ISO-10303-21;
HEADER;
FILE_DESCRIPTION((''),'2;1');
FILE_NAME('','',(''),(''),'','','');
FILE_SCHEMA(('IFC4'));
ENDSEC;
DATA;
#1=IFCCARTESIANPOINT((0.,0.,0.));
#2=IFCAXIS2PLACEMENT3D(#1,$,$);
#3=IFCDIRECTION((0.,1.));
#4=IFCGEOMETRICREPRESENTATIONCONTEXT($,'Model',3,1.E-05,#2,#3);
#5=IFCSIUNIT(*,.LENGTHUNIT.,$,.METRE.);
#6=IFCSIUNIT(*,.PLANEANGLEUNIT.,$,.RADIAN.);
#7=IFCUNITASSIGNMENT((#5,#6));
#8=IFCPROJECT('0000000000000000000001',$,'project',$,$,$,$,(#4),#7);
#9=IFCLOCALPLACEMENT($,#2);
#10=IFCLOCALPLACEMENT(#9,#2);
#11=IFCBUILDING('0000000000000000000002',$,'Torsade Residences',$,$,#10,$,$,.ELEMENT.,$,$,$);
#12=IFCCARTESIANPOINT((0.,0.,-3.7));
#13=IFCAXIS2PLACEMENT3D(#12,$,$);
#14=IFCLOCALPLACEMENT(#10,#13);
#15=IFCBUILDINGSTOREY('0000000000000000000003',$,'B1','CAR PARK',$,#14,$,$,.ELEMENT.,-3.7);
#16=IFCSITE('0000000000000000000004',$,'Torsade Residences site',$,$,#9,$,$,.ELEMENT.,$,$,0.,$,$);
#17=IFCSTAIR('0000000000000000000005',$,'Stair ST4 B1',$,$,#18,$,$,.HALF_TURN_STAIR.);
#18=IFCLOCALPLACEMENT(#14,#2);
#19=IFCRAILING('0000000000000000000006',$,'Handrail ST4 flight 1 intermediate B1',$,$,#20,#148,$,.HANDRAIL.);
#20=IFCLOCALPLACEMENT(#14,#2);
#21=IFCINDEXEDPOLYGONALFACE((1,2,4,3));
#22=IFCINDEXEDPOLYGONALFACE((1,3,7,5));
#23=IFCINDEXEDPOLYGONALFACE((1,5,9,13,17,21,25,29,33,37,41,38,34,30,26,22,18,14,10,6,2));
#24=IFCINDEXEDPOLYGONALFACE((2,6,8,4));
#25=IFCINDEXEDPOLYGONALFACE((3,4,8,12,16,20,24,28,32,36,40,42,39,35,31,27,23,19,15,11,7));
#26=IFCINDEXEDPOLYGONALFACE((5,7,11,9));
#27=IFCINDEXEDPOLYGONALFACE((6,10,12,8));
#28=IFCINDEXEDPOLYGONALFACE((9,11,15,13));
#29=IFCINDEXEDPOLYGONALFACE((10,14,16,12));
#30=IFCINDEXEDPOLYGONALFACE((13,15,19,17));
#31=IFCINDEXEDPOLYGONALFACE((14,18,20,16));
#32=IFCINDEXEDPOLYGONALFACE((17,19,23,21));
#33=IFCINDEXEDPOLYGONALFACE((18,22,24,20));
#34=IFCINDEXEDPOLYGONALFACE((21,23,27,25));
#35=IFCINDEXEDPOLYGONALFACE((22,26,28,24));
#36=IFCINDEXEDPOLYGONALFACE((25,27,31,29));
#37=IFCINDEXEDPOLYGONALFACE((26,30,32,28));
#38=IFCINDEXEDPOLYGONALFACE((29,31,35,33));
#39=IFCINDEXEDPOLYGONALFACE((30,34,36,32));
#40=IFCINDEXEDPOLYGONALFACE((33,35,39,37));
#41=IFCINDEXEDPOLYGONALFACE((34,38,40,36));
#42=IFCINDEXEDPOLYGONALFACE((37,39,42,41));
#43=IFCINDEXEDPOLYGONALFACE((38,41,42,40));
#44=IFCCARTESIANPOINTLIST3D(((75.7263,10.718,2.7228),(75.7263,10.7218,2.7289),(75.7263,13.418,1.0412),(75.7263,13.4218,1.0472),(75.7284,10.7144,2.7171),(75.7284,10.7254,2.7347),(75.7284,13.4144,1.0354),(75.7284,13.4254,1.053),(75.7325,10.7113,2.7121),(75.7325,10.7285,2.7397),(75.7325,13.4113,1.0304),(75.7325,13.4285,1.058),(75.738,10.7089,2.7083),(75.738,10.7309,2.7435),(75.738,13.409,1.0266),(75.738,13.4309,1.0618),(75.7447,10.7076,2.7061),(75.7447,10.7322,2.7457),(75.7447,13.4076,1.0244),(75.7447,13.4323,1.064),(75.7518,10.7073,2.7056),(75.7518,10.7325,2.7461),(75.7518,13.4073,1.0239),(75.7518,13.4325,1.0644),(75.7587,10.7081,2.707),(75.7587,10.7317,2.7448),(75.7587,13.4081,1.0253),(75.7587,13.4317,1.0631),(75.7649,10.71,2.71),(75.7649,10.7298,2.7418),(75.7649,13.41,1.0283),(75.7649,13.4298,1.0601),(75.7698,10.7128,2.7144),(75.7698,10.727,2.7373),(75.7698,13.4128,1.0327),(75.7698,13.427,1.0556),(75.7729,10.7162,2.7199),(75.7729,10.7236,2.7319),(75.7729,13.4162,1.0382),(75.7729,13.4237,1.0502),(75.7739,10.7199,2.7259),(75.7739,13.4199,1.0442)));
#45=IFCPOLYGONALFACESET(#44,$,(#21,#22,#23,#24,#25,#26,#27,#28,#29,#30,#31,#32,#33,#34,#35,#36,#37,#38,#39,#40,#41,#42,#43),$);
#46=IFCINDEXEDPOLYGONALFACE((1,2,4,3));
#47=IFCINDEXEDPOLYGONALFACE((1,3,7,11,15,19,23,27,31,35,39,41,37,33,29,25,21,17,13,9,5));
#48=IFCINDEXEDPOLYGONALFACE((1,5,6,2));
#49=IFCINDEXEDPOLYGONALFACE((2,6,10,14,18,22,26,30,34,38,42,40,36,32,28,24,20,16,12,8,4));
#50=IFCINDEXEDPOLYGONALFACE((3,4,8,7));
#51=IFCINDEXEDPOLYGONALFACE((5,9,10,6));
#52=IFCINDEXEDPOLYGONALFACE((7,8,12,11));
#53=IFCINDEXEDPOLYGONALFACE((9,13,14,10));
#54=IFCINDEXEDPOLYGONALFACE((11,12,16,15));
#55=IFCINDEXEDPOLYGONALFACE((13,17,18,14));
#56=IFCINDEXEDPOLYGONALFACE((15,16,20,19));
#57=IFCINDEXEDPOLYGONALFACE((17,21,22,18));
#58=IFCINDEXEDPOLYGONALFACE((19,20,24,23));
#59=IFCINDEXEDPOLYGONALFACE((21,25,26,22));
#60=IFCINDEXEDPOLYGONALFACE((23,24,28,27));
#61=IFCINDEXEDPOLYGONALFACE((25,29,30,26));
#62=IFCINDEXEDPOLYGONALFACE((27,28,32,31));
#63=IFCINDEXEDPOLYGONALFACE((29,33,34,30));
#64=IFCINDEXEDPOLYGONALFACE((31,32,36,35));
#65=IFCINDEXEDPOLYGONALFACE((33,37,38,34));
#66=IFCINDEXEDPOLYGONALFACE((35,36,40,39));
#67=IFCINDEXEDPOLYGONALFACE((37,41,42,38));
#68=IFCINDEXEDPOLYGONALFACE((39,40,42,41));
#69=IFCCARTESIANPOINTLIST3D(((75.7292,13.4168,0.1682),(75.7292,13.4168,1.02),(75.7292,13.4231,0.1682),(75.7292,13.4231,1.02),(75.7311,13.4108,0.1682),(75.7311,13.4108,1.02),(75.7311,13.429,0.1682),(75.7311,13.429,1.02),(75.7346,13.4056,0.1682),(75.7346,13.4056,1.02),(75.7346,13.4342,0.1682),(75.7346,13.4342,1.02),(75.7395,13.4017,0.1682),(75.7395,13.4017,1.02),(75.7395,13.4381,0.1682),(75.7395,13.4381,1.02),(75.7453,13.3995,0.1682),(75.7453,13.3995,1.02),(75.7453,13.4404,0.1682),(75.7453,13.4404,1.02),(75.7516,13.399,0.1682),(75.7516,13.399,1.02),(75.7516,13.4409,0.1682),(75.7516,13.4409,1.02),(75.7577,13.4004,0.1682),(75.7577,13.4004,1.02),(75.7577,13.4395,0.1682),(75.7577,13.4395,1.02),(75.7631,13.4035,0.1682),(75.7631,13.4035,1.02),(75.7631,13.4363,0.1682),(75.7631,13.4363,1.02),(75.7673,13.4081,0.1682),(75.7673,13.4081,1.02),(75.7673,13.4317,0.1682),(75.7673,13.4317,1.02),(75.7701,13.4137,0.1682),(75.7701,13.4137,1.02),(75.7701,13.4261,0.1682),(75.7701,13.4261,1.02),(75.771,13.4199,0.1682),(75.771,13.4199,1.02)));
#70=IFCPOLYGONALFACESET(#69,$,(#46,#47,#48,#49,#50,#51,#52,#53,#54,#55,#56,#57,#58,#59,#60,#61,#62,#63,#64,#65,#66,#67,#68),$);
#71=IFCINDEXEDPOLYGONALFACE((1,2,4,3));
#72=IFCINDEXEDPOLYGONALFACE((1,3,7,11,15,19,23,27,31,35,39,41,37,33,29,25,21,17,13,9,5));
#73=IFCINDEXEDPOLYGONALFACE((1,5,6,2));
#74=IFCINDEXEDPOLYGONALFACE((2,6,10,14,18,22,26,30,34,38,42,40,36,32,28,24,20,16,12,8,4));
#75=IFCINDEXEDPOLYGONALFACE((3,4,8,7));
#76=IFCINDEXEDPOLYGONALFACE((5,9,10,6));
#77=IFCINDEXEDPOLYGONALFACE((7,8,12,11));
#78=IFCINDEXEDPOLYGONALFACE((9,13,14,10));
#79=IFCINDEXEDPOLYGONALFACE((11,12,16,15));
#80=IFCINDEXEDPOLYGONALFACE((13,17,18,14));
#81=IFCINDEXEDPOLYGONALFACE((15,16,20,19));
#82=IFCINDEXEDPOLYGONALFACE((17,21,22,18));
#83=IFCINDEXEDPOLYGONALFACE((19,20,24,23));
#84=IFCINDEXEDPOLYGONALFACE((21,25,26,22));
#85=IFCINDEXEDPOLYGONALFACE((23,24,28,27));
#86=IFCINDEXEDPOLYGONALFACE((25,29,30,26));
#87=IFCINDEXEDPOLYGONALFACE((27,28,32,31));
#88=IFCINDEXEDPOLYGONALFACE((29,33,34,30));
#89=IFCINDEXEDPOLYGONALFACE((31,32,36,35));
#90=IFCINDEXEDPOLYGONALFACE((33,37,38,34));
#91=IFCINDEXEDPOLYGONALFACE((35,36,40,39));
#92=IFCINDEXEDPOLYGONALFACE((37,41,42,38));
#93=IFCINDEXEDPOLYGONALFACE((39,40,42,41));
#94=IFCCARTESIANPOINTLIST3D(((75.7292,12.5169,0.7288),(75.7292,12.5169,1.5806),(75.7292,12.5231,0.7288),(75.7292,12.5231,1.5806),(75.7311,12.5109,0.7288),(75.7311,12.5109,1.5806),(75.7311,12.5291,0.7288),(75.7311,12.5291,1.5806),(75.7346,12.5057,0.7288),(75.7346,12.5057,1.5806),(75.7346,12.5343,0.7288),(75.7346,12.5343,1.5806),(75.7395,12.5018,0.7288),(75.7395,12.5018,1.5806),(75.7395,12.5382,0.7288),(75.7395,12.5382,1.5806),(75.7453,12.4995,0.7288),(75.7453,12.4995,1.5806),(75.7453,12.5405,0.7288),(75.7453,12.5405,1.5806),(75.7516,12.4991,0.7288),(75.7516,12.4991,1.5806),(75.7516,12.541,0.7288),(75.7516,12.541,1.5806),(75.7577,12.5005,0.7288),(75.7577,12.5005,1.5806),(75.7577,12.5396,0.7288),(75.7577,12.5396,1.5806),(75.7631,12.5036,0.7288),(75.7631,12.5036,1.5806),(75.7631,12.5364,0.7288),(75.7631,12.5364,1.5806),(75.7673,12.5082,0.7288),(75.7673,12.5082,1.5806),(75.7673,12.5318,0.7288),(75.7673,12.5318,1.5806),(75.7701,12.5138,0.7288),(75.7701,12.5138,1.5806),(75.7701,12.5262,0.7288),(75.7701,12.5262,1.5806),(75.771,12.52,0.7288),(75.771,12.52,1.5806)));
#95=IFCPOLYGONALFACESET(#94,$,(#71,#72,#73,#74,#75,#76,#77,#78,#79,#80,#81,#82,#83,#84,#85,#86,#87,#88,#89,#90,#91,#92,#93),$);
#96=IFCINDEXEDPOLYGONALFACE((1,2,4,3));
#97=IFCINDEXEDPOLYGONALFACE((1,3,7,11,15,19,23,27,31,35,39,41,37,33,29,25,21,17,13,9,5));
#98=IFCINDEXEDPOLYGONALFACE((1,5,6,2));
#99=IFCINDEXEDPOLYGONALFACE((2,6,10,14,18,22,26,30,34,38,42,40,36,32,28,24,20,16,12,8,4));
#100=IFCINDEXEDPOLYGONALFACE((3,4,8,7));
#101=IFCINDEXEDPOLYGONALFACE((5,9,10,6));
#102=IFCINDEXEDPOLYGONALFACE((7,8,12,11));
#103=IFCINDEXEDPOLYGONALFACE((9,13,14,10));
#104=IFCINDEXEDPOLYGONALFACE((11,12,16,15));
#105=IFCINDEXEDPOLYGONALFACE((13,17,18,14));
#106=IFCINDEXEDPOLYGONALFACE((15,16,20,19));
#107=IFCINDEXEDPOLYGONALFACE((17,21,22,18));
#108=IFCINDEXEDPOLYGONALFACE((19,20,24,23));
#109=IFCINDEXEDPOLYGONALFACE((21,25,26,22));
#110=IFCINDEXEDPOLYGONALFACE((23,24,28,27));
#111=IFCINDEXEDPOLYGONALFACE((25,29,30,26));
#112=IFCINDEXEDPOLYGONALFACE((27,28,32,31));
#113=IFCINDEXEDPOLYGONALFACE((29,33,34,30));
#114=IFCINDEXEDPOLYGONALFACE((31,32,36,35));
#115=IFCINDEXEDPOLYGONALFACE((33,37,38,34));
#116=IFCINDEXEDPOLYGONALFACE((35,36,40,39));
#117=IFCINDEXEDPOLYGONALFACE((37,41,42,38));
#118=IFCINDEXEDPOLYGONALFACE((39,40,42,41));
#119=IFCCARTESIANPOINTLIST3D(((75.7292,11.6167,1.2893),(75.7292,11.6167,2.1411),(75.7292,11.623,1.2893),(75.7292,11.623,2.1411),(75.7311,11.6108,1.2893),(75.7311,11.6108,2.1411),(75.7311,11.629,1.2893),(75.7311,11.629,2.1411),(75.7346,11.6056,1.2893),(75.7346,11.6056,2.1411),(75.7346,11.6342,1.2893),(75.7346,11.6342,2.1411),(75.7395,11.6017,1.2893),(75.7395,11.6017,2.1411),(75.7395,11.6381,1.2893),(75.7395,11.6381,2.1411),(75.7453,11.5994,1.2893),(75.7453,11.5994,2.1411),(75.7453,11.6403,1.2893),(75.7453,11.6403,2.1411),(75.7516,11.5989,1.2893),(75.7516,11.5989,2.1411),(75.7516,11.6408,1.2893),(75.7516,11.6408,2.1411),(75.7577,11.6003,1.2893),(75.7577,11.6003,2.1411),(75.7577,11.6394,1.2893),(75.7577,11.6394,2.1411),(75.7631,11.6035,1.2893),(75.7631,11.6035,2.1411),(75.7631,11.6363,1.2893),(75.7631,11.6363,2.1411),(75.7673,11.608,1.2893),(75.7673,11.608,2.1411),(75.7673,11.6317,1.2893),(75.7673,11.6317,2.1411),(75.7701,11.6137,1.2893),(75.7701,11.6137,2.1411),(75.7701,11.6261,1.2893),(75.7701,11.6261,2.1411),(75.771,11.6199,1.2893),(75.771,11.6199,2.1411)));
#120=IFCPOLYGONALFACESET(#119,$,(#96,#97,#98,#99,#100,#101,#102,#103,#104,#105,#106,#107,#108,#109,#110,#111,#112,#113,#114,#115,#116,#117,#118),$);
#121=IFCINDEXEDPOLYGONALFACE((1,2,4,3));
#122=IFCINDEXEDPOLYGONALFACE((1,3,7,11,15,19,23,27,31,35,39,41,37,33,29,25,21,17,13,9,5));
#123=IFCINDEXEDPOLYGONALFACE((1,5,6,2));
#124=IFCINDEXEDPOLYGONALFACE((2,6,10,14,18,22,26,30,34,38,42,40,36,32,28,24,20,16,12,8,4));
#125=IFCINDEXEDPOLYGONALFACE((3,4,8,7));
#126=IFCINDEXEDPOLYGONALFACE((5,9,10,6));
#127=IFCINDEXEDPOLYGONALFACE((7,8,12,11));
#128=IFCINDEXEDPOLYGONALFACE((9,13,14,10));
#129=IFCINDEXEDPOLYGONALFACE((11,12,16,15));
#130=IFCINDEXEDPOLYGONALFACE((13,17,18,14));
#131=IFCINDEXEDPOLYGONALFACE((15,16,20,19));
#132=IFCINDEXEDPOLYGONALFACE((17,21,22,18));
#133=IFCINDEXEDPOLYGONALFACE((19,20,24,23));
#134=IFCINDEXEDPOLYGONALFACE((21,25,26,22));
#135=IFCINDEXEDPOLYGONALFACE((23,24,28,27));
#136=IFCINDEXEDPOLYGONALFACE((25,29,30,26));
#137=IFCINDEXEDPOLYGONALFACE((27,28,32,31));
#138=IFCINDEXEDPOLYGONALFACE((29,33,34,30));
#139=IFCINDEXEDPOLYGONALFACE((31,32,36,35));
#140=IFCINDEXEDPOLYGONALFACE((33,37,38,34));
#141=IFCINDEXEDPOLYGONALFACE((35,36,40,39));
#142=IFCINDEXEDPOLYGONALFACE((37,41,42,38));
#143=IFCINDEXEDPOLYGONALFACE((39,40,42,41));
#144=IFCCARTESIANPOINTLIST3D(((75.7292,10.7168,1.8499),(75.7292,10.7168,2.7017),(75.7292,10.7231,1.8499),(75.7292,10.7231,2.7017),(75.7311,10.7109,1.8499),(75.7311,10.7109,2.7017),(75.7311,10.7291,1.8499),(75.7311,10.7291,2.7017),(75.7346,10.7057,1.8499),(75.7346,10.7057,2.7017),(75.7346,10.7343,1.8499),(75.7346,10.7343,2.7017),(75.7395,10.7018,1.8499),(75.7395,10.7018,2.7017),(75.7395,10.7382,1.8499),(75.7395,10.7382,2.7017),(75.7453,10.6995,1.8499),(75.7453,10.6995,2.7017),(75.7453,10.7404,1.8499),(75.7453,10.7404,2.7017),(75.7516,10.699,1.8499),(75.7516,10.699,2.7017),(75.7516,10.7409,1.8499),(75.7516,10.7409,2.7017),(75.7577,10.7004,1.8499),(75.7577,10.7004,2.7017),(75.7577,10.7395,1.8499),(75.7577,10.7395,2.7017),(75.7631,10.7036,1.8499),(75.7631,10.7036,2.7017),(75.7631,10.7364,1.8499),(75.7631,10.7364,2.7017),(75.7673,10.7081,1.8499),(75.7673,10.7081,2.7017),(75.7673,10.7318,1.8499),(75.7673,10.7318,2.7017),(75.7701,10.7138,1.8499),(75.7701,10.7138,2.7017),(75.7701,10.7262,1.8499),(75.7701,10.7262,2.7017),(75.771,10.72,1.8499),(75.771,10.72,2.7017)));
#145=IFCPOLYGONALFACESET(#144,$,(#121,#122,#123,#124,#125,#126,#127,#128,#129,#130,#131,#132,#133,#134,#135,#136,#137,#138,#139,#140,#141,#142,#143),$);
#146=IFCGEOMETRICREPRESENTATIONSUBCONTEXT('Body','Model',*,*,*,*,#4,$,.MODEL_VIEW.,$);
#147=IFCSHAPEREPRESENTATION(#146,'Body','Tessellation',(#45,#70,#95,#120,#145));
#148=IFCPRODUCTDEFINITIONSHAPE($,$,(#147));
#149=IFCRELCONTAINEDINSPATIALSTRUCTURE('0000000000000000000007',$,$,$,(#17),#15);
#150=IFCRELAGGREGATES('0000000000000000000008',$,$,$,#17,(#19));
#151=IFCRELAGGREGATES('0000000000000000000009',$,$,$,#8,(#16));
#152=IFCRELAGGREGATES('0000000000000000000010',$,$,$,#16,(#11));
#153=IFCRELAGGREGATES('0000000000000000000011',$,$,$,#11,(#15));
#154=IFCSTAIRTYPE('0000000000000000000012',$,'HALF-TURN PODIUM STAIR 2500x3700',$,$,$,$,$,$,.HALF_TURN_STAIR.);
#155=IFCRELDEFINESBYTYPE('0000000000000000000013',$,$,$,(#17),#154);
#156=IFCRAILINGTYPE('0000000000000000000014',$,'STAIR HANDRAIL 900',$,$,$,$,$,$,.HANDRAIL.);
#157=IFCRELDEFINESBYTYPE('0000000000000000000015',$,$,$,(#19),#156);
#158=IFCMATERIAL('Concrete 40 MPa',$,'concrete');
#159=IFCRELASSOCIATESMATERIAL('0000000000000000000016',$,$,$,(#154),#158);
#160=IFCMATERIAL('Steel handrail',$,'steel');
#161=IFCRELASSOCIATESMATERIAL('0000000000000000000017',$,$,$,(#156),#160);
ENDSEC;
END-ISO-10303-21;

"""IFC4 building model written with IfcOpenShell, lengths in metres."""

from ifc_helpers import new_model, si_unit, direction, frame, origin, origin_2d, place, context, subcontext, project, spatial, circle, extrude, material, type_object, element, aggregate, save


model = new_model("IFC4")

# Units and contexts
model_context = context("Model", 3, precision=1e-05, world=origin(), true_north=direction((0.0, 1.0)))
body_context = subcontext(model_context, "Body", "Model", "MODEL_VIEW")
ifc_project = project(units=[si_unit("LENGTHUNIT", "METRE"), si_unit("PLANEANGLEUNIT", "RADIAN")], contexts=[model_context])

# Site, building, storey
site_placement = place(None, origin())
site = spatial("IfcSite", under=ifc_project, at=site_placement, Name="Torsade Residences site", CompositionType="ELEMENT", RefElevation=0.0)
building_placement = place(site_placement, origin())
building = spatial("IfcBuilding", under=site, at=building_placement, Name="Torsade Residences", CompositionType="ELEMENT")
storey_placement = place(building_placement, frame((0.0, 0.0, -3.7)))
storey = spatial("IfcBuildingStorey", under=building, at=storey_placement, Name="B1", Description="CAR PARK", CompositionType="ELEMENT", Elevation=-3.7)

# Stair, railing
ifc_material_1 = material(Name="Concrete 40 MPa", Category="concrete")
stair_type = type_object("IfcStairType", Name="HALF-TURN PODIUM STAIR 2500x3700", PredefinedType="HALF_TURN_STAIR", material=ifc_material_1)
stair_placement = place(storey_placement, origin())
stair = element("IfcStair", 1, at=stair_placement, inside=storey, type_object=stair_type, Name="Stair ST4 B1", PredefinedType="HALF_TURN_STAIR")
ifc_material_2 = material(Name="Steel handrail", Category="steel")
railing_type_1 = type_object("IfcRailingType", Name="STAIR HANDRAIL 900", PredefinedType="HANDRAIL", material=ifc_material_2)
railing_1_placement = place(storey_placement, frame((75.75, 13.4199, 0.1682)))
railing_1 = element("IfcRailing", 2, at=railing_1_placement, type_object=railing_type_1, Name="Handrail ST4 flight 1 intermediate B1", PredefinedType="HANDRAIL", context=body_context, shape_type="SweptSolid", body=[
    extrude(circle(Radius=0.0239, at=origin_2d()), frame((0.0, 0.0, 0.876), z_axis=(0.0, -0.848821, 0.528681), x_axis=(1.0, 0.0, 0.0)), (0.0, 0.0, 1.0), 3.1809),
    extrude(circle(Radius=0.021, at=origin_2d()), origin(), (0.0, 0.0, 1.0), 0.8518),
    extrude(circle(Radius=0.021, at=origin_2d()), frame((0.0, -0.8999, 0.5605)), (0.0, 0.0, 1.0), 0.8518),
    extrude(circle(Radius=0.021, at=origin_2d()), frame((0.0, -1.8, 1.1211)), (0.0, 0.0, 1.0), 0.8518),
    extrude(circle(Radius=0.021, at=origin_2d()), frame((0.0, -2.7, 1.6816)), (0.0, 0.0, 1.0), 0.8518),
])
aggregate(stair, [railing_1])

save(model, "model.ifc")
